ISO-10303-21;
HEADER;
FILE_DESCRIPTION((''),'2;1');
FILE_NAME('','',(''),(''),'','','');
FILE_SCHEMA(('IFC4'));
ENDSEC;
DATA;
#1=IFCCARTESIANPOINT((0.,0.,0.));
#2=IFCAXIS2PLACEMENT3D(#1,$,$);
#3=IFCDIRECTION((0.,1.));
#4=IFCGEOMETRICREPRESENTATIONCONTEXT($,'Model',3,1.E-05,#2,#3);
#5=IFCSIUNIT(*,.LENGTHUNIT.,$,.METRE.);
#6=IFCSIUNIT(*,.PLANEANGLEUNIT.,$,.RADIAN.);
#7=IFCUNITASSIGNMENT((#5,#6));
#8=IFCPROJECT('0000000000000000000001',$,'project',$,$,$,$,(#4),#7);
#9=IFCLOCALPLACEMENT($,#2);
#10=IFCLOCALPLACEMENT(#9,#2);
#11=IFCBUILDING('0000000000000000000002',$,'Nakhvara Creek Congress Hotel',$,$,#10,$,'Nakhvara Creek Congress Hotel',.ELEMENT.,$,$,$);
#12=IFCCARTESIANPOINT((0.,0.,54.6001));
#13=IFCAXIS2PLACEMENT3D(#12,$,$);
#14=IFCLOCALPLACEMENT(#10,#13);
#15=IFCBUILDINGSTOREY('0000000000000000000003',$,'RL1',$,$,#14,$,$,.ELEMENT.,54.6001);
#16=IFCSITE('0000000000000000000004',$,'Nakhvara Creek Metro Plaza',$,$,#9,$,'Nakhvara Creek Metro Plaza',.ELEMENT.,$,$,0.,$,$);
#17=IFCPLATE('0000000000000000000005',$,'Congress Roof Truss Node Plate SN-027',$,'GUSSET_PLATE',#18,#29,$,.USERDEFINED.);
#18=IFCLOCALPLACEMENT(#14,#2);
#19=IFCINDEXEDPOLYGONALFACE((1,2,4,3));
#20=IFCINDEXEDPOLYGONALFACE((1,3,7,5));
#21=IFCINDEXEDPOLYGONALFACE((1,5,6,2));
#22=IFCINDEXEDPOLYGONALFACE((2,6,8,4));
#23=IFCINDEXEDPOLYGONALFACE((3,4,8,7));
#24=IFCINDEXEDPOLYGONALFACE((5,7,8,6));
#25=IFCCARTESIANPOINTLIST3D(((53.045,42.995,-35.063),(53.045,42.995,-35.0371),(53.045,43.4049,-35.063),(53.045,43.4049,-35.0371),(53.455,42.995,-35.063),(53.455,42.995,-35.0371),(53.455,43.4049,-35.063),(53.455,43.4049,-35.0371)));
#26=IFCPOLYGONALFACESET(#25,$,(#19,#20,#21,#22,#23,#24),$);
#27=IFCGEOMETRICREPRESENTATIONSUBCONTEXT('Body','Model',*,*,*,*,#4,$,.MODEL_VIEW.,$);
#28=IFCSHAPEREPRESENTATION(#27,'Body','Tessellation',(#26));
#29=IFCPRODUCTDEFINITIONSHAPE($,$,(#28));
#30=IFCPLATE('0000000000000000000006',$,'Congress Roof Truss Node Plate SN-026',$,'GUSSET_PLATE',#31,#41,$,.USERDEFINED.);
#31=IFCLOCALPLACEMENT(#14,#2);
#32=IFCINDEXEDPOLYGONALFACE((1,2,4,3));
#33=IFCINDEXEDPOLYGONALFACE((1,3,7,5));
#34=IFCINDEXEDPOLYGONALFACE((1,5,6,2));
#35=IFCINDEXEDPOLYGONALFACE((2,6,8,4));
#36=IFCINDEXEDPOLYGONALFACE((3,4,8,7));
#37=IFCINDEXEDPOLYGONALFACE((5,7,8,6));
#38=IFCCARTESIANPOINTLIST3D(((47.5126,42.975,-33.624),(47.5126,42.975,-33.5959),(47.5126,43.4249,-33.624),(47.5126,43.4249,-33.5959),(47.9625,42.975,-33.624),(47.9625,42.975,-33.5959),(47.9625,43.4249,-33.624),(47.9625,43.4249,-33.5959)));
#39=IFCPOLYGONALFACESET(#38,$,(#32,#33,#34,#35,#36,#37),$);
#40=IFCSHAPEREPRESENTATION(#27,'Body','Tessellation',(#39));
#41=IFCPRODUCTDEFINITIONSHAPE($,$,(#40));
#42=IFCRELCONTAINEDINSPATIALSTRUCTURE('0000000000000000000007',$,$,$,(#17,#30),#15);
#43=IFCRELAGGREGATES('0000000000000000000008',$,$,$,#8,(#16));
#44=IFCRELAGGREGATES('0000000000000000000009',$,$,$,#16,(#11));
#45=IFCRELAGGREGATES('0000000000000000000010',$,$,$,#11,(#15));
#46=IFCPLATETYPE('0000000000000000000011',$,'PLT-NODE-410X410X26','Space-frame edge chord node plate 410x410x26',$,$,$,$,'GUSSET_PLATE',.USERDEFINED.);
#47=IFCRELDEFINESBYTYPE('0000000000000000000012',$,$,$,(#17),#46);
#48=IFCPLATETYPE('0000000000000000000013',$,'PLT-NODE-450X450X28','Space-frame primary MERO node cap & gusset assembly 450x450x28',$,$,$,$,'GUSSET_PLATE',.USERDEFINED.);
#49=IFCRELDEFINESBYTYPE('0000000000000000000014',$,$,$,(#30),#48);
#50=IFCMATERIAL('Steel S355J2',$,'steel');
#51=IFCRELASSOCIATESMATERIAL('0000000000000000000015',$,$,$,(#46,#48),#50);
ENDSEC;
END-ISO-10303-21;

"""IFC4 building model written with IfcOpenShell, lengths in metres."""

from ifc_helpers import new_model, si_unit, direction, frame, origin, origin_2d, place, context, subcontext, project, spatial, rectangle, extrude, material, type_object, element, save


model = new_model("IFC4")

# Units and contexts
model_context = context("Model", 3, precision=1e-05, world=origin(), true_north=direction((0.0, 1.0)))
body_context = subcontext(model_context, "Body", "Model", "MODEL_VIEW")
ifc_project = project(units=[si_unit("LENGTHUNIT", "METRE"), si_unit("PLANEANGLEUNIT", "RADIAN")], contexts=[model_context])

# Site, building, storey
site_placement = place(None, origin())
site = spatial("IfcSite", under=ifc_project, at=site_placement, Name="Nakhvara Creek Metro Plaza", LongName="Nakhvara Creek Metro Plaza", CompositionType="ELEMENT", RefElevation=0.0)
building_placement = place(site_placement, origin())
building = spatial("IfcBuilding", under=site, at=building_placement, Name="Nakhvara Creek Congress Hotel", LongName="Nakhvara Creek Congress Hotel", CompositionType="ELEMENT")
storey_placement = place(building_placement, frame((0.0, 0.0, 54.6001)))
storey = spatial("IfcBuildingStorey", under=building, at=storey_placement, Name="RL1", CompositionType="ELEMENT", Elevation=54.6001)

# Plates
ifc_material_1 = material(Name="Steel S355J2", Category="steel")
plate_type_1 = type_object("IfcPlateType", Name="PLT-NODE-410X410X26", Description="Space-frame edge chord node plate 410x410x26", ElementType="GUSSET_PLATE", PredefinedType="USERDEFINED", material=ifc_material_1)
plate_1_placement = place(storey_placement, frame((53.25, 43.2, -35.063), z_axis=(0.0, 0.0, 1.0), x_axis=(1.0, 0.0, 0.0)))
element("IfcPlate", 1, at=plate_1_placement, inside=storey, type_object=plate_type_1, Name="Congress Roof Truss Node Plate SN-027", ObjectType="GUSSET_PLATE", PredefinedType="USERDEFINED", context=body_context, shape_type="SweptSolid", body=[
    extrude(rectangle(XDim=0.4099, YDim=0.4099, at=origin_2d()), origin(), (0.0, 0.0, 1.0), 0.0259),
])
plate_type_2 = type_object("IfcPlateType", Name="PLT-NODE-450X450X28", Description="Space-frame primary MERO node cap & gusset assembly 450x450x28", ElementType="GUSSET_PLATE", PredefinedType="USERDEFINED", material=ifc_material_1)
plate_2_placement = place(storey_placement, frame((47.7375, 43.2, -33.624), z_axis=(0.0, 0.0, 1.0), x_axis=(1.0, 0.0, 0.0)))
element("IfcPlate", 2, at=plate_2_placement, inside=storey, type_object=plate_type_2, Name="Congress Roof Truss Node Plate SN-026", ObjectType="GUSSET_PLATE", PredefinedType="USERDEFINED", context=body_context, shape_type="SweptSolid", body=[
    extrude(rectangle(XDim=0.45, YDim=0.45, at=origin_2d()), origin(), (0.0, 0.0, 1.0), 0.0281),
])

save(model, "model.ifc")
